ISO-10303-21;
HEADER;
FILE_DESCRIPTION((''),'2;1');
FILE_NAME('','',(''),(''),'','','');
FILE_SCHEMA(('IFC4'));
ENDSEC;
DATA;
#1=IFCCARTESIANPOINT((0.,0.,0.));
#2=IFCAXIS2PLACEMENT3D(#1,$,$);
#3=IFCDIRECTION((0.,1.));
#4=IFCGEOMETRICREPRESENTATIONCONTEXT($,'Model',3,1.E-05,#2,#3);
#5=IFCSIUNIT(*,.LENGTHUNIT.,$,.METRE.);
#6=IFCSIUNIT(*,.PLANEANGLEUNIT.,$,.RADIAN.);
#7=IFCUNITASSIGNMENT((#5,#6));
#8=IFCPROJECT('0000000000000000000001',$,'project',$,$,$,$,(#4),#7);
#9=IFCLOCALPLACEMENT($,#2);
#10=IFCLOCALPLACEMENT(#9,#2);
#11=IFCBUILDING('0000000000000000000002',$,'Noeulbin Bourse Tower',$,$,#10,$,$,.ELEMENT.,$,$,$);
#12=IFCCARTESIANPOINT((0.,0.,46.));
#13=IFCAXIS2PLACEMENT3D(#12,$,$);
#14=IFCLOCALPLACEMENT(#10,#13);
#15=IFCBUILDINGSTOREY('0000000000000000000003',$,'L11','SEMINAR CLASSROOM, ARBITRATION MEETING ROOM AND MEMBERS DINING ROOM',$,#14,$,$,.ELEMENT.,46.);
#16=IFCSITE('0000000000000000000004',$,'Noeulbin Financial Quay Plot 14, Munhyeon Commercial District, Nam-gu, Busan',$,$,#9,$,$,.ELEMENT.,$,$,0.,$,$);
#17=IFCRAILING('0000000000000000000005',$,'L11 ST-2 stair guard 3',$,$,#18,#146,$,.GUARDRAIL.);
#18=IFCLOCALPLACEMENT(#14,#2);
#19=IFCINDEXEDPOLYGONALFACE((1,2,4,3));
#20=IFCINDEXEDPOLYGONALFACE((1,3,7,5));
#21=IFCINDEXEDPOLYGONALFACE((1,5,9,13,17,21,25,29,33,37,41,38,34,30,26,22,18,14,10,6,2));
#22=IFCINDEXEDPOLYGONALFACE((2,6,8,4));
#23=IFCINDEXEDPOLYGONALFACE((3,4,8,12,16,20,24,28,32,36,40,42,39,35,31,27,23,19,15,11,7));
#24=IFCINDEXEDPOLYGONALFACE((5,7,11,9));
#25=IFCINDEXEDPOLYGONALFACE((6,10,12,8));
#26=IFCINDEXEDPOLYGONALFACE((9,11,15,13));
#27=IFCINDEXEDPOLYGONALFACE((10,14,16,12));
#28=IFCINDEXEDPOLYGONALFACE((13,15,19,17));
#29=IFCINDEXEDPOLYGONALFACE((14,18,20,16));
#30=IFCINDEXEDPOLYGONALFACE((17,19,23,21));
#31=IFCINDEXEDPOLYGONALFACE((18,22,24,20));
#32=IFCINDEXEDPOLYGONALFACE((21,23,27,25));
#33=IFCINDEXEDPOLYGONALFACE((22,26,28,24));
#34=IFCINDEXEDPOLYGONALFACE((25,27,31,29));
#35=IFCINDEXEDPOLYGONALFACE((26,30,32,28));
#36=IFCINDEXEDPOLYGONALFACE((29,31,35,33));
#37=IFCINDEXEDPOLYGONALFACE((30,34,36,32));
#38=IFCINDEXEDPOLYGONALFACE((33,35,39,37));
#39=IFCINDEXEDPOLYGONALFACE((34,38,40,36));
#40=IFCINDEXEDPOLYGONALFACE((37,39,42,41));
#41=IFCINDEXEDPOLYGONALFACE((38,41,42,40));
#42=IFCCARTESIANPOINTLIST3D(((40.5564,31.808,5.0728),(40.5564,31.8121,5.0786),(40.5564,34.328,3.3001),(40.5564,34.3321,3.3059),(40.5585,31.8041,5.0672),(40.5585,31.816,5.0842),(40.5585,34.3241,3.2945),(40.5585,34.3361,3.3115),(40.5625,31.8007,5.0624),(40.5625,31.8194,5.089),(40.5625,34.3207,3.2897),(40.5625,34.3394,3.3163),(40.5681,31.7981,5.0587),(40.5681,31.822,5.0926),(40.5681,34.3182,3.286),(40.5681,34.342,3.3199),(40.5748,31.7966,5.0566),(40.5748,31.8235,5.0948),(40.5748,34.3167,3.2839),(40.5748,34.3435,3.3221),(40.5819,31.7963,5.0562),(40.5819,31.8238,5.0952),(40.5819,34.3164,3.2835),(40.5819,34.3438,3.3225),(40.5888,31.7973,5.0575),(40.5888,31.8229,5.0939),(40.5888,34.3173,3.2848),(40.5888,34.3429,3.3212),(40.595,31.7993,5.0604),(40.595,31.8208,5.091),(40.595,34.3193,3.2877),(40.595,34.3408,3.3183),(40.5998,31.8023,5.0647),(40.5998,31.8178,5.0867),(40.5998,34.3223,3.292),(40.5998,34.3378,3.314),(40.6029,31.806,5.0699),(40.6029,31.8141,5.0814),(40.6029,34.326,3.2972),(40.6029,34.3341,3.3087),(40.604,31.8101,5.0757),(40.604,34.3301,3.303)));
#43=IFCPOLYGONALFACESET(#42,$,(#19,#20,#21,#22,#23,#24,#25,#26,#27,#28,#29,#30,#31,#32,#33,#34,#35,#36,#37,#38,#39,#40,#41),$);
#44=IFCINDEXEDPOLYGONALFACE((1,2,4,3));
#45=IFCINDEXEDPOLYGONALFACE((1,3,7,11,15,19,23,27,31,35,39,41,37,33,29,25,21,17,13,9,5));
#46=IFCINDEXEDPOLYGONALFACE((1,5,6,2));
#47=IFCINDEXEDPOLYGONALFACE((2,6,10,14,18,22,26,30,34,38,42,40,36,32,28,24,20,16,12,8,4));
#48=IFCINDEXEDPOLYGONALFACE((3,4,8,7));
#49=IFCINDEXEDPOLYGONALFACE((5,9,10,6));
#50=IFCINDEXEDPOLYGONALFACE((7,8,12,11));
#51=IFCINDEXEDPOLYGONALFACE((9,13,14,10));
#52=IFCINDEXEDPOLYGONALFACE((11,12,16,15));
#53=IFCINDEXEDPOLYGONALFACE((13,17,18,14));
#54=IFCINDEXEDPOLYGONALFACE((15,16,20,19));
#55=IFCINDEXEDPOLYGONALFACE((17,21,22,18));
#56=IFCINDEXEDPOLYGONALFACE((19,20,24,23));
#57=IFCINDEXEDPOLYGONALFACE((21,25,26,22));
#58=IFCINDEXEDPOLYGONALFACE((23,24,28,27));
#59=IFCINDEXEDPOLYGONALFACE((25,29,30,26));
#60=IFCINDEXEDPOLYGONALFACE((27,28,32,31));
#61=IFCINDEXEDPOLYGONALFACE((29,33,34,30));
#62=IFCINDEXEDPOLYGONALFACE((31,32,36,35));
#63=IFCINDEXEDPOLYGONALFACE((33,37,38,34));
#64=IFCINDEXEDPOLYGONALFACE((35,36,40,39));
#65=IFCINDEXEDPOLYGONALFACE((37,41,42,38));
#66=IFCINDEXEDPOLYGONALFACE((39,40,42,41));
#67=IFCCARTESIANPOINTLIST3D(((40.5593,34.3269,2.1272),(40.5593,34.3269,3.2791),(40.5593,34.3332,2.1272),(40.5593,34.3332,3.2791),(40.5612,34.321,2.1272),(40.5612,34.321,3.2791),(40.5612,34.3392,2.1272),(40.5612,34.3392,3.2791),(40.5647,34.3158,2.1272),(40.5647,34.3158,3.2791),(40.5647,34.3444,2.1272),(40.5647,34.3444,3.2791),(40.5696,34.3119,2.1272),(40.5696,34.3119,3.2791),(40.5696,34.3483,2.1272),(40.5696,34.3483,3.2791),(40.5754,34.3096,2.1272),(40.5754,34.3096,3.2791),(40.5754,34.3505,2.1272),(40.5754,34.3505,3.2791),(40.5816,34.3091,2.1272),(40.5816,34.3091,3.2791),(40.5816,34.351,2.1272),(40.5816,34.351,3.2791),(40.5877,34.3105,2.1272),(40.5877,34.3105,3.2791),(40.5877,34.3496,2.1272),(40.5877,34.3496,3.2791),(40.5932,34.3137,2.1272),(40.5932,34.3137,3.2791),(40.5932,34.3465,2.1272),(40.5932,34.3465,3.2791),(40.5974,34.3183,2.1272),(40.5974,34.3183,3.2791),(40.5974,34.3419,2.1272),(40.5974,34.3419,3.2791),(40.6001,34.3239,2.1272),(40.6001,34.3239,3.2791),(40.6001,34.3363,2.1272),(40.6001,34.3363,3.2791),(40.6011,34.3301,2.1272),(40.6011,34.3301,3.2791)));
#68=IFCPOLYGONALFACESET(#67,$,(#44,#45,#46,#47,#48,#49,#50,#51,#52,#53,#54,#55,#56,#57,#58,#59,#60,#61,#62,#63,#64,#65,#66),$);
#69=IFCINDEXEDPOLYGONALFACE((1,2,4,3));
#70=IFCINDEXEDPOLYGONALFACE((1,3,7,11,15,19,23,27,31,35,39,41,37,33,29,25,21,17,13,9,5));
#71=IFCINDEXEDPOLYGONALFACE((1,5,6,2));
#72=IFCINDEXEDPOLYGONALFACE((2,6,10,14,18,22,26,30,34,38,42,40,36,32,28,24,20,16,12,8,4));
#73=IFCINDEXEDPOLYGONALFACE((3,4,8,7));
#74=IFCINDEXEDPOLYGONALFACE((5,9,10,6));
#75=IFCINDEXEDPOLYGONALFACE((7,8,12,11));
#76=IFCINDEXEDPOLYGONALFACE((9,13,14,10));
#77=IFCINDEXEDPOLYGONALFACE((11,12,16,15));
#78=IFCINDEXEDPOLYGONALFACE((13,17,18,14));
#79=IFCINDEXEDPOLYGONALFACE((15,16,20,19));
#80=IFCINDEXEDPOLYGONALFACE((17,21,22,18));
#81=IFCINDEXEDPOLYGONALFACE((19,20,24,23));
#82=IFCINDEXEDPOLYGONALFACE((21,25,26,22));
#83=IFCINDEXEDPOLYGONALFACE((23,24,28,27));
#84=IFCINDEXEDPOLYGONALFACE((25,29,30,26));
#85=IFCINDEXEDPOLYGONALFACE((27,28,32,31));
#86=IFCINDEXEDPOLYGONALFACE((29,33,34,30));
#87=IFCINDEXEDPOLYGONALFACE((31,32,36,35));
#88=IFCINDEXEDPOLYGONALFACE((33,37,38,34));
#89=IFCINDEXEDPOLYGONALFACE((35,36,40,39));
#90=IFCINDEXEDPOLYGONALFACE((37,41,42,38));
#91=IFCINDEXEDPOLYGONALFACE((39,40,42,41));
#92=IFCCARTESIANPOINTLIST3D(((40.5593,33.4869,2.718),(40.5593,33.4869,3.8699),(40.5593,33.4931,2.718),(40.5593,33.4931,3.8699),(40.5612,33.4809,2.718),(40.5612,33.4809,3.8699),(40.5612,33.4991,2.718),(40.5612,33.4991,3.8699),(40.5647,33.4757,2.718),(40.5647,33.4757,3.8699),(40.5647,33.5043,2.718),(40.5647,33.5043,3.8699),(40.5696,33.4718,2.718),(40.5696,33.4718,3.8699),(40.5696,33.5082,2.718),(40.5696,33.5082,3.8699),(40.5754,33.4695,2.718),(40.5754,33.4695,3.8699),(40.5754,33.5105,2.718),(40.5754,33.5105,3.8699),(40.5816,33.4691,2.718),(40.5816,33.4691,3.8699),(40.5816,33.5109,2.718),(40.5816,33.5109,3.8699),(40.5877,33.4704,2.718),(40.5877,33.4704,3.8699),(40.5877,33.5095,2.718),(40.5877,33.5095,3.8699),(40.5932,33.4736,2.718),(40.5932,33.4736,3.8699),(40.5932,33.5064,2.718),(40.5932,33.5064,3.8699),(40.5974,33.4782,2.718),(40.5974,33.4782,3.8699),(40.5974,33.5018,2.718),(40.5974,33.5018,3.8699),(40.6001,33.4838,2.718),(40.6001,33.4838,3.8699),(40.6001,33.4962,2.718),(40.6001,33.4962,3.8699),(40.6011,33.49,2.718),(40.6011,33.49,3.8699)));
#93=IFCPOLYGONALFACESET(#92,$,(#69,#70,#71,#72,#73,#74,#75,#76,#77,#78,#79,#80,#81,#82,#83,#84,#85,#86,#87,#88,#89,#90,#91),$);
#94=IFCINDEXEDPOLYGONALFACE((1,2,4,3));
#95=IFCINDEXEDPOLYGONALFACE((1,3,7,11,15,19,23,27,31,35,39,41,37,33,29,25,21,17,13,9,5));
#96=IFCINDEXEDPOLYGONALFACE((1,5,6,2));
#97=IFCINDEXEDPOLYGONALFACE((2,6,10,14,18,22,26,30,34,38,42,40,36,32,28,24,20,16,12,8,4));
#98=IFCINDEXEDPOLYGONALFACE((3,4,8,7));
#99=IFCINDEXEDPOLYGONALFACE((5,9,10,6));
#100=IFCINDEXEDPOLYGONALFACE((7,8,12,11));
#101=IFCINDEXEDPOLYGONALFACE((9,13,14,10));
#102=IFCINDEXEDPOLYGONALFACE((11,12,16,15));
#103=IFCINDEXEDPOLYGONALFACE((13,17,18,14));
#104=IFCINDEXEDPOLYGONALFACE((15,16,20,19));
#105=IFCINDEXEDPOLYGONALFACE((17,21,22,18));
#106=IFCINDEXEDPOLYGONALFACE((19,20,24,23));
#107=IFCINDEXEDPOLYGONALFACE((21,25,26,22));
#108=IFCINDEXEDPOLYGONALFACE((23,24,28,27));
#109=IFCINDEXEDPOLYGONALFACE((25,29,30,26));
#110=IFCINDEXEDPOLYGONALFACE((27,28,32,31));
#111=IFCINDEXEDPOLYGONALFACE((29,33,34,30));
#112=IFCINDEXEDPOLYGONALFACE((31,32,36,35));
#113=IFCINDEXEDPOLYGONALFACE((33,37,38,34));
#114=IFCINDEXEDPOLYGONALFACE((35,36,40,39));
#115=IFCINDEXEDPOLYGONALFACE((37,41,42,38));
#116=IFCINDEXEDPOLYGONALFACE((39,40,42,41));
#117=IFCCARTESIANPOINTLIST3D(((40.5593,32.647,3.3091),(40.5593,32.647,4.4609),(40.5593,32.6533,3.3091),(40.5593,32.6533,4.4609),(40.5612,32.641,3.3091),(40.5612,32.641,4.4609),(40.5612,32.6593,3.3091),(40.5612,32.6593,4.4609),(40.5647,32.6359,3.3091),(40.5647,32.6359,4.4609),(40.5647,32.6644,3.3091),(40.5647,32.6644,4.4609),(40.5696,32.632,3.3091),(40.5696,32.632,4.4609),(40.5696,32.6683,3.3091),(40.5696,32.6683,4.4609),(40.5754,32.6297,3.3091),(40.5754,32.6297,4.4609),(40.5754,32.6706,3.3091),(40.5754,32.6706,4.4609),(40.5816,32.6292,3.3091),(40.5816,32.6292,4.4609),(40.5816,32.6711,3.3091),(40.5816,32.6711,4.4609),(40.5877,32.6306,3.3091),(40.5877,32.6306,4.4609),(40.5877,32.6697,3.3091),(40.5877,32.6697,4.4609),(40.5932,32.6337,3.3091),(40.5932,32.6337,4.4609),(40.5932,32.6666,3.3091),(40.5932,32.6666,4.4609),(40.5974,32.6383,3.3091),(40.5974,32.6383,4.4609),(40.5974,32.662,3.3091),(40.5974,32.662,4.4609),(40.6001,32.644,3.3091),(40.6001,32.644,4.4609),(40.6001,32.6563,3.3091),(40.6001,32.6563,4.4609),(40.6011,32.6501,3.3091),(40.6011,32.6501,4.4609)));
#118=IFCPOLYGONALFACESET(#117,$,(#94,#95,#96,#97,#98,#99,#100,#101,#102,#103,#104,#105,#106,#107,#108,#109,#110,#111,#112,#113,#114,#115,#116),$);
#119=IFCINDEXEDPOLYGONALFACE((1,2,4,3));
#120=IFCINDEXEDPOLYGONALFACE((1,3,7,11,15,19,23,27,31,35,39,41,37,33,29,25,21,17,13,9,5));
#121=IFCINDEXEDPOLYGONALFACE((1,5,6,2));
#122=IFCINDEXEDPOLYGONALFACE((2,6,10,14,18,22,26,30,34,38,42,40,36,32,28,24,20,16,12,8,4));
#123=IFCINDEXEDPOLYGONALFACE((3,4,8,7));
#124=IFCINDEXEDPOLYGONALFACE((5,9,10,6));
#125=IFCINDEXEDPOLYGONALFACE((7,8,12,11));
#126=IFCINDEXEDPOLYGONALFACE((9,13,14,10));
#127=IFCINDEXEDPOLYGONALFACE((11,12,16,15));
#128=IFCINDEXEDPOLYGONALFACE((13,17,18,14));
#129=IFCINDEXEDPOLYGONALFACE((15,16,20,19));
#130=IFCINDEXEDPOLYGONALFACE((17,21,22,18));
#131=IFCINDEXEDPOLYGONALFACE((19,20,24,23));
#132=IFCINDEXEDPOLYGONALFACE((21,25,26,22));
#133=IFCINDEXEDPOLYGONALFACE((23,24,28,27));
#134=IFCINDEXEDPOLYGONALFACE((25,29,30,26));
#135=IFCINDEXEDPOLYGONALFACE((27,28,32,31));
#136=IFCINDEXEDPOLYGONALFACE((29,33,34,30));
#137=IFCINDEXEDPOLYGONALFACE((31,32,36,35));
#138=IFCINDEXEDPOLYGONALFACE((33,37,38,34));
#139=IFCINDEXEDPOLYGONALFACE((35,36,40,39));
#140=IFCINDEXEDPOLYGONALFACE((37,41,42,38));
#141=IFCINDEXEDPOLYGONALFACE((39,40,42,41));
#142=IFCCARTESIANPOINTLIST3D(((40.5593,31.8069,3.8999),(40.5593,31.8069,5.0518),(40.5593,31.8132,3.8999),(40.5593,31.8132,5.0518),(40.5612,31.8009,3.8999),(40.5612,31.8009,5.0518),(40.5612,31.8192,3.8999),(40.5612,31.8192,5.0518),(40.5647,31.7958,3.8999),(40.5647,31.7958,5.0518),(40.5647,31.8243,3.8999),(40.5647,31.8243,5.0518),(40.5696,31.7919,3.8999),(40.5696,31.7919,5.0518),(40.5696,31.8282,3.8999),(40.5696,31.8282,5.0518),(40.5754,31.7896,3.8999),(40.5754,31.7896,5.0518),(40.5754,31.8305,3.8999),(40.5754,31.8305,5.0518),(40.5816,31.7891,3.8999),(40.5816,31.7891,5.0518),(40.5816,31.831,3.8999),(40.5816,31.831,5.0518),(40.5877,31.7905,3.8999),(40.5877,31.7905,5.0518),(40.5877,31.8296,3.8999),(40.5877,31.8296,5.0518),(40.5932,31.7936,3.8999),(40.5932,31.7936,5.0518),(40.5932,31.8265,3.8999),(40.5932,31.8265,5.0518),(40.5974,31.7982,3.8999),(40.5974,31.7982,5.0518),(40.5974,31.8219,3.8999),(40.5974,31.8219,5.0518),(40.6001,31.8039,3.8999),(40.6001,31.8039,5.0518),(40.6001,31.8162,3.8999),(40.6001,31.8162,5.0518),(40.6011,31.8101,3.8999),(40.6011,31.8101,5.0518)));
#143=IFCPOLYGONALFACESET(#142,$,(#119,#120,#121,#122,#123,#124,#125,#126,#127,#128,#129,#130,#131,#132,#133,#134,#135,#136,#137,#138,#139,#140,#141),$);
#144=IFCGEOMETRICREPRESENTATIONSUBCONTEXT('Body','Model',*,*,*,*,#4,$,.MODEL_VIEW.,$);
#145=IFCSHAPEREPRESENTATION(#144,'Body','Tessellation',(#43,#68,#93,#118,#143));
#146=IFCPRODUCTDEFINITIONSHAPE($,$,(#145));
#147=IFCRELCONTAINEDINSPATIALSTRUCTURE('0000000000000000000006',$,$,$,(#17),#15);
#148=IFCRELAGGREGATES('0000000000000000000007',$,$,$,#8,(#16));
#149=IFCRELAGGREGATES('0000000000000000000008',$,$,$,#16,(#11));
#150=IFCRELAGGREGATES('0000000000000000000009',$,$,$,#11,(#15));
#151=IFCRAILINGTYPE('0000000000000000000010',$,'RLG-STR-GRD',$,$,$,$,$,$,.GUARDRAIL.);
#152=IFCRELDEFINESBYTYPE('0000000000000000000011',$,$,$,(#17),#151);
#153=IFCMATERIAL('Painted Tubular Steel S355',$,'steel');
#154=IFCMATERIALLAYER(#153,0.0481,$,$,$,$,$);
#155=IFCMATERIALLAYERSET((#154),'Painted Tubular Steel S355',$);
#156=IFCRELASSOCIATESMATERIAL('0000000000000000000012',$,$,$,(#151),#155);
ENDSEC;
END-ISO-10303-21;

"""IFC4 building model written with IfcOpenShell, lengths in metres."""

from ifc_helpers import new_model, si_unit, direction, frame, origin, origin_2d, place, context, subcontext, project, spatial, circle, extrude, material, layer, layer_set, type_object, element, save


model = new_model("IFC4")

# Units and contexts
model_context = context("Model", 3, precision=1e-05, world=origin(), true_north=direction((0.0, 1.0)))
body_context = subcontext(model_context, "Body", "Model", "MODEL_VIEW")
ifc_project = project(units=[si_unit("LENGTHUNIT", "METRE"), si_unit("PLANEANGLEUNIT", "RADIAN")], contexts=[model_context])

# Site, building, storey
site_placement = place(None, origin())
site = spatial("IfcSite", under=ifc_project, at=site_placement, Name="Noeulbin Financial Quay Plot 14, Munhyeon Commercial District, Nam-gu, Busan", CompositionType="ELEMENT", RefElevation=0.0)
building_placement = place(site_placement, origin())
building = spatial("IfcBuilding", under=site, at=building_placement, Name="Noeulbin Bourse Tower", CompositionType="ELEMENT")
storey_placement = place(building_placement, frame((0.0, 0.0, 46.0)))
storey = spatial("IfcBuildingStorey", under=building, at=storey_placement, Name="L11", Description="SEMINAR CLASSROOM, ARBITRATION MEETING ROOM AND MEMBERS DINING ROOM", CompositionType="ELEMENT", Elevation=46.0)

# Railing
ifc_material_1 = material(Name="Painted Tubular Steel S355", Category="steel")
ifc_layer_1 = layer(ifc_material_1, 0.0481)
ifc_layer_set_1 = layer_set([ifc_layer_1], Name="Painted Tubular Steel S355")
railing_type_1 = type_object("IfcRailingType", Name="RLG-STR-GRD", PredefinedType="GUARDRAIL", material=ifc_layer_set_1)
railing_1_placement = place(storey_placement, frame((40.5801, 34.3301, 2.1272)))
element("IfcRailing", 1, at=railing_1_placement, inside=storey, type_object=railing_type_1, Name="L11 ST-2 stair guard 3", PredefinedType="GUARDRAIL", context=body_context, shape_type="SweptSolid", body=[
    extrude(circle(Radius=0.0239, at=origin_2d()), frame((0.0, 0.0, 1.1758), z_axis=(0.0, -0.817904, 0.575354), x_axis=(1.0, 0.0, 0.0)), (0.0, 0.0, 1.0), 3.0811),
    extrude(circle(Radius=0.021, at=origin_2d()), origin(), (0.0, 0.0, 1.0), 1.1519),
    extrude(circle(Radius=0.021, at=origin_2d()), frame((0.0, -0.8401, 0.5908)), (0.0, 0.0, 1.0), 1.1519),
    extrude(circle(Radius=0.021, at=origin_2d()), frame((0.0, -1.6799, 1.1819)), (0.0, 0.0, 1.0), 1.1519),
    extrude(circle(Radius=0.021, at=origin_2d()), frame((0.0, -2.52, 1.7727)), (0.0, 0.0, 1.0), 1.1519),
])

save(model, "model.ifc")
